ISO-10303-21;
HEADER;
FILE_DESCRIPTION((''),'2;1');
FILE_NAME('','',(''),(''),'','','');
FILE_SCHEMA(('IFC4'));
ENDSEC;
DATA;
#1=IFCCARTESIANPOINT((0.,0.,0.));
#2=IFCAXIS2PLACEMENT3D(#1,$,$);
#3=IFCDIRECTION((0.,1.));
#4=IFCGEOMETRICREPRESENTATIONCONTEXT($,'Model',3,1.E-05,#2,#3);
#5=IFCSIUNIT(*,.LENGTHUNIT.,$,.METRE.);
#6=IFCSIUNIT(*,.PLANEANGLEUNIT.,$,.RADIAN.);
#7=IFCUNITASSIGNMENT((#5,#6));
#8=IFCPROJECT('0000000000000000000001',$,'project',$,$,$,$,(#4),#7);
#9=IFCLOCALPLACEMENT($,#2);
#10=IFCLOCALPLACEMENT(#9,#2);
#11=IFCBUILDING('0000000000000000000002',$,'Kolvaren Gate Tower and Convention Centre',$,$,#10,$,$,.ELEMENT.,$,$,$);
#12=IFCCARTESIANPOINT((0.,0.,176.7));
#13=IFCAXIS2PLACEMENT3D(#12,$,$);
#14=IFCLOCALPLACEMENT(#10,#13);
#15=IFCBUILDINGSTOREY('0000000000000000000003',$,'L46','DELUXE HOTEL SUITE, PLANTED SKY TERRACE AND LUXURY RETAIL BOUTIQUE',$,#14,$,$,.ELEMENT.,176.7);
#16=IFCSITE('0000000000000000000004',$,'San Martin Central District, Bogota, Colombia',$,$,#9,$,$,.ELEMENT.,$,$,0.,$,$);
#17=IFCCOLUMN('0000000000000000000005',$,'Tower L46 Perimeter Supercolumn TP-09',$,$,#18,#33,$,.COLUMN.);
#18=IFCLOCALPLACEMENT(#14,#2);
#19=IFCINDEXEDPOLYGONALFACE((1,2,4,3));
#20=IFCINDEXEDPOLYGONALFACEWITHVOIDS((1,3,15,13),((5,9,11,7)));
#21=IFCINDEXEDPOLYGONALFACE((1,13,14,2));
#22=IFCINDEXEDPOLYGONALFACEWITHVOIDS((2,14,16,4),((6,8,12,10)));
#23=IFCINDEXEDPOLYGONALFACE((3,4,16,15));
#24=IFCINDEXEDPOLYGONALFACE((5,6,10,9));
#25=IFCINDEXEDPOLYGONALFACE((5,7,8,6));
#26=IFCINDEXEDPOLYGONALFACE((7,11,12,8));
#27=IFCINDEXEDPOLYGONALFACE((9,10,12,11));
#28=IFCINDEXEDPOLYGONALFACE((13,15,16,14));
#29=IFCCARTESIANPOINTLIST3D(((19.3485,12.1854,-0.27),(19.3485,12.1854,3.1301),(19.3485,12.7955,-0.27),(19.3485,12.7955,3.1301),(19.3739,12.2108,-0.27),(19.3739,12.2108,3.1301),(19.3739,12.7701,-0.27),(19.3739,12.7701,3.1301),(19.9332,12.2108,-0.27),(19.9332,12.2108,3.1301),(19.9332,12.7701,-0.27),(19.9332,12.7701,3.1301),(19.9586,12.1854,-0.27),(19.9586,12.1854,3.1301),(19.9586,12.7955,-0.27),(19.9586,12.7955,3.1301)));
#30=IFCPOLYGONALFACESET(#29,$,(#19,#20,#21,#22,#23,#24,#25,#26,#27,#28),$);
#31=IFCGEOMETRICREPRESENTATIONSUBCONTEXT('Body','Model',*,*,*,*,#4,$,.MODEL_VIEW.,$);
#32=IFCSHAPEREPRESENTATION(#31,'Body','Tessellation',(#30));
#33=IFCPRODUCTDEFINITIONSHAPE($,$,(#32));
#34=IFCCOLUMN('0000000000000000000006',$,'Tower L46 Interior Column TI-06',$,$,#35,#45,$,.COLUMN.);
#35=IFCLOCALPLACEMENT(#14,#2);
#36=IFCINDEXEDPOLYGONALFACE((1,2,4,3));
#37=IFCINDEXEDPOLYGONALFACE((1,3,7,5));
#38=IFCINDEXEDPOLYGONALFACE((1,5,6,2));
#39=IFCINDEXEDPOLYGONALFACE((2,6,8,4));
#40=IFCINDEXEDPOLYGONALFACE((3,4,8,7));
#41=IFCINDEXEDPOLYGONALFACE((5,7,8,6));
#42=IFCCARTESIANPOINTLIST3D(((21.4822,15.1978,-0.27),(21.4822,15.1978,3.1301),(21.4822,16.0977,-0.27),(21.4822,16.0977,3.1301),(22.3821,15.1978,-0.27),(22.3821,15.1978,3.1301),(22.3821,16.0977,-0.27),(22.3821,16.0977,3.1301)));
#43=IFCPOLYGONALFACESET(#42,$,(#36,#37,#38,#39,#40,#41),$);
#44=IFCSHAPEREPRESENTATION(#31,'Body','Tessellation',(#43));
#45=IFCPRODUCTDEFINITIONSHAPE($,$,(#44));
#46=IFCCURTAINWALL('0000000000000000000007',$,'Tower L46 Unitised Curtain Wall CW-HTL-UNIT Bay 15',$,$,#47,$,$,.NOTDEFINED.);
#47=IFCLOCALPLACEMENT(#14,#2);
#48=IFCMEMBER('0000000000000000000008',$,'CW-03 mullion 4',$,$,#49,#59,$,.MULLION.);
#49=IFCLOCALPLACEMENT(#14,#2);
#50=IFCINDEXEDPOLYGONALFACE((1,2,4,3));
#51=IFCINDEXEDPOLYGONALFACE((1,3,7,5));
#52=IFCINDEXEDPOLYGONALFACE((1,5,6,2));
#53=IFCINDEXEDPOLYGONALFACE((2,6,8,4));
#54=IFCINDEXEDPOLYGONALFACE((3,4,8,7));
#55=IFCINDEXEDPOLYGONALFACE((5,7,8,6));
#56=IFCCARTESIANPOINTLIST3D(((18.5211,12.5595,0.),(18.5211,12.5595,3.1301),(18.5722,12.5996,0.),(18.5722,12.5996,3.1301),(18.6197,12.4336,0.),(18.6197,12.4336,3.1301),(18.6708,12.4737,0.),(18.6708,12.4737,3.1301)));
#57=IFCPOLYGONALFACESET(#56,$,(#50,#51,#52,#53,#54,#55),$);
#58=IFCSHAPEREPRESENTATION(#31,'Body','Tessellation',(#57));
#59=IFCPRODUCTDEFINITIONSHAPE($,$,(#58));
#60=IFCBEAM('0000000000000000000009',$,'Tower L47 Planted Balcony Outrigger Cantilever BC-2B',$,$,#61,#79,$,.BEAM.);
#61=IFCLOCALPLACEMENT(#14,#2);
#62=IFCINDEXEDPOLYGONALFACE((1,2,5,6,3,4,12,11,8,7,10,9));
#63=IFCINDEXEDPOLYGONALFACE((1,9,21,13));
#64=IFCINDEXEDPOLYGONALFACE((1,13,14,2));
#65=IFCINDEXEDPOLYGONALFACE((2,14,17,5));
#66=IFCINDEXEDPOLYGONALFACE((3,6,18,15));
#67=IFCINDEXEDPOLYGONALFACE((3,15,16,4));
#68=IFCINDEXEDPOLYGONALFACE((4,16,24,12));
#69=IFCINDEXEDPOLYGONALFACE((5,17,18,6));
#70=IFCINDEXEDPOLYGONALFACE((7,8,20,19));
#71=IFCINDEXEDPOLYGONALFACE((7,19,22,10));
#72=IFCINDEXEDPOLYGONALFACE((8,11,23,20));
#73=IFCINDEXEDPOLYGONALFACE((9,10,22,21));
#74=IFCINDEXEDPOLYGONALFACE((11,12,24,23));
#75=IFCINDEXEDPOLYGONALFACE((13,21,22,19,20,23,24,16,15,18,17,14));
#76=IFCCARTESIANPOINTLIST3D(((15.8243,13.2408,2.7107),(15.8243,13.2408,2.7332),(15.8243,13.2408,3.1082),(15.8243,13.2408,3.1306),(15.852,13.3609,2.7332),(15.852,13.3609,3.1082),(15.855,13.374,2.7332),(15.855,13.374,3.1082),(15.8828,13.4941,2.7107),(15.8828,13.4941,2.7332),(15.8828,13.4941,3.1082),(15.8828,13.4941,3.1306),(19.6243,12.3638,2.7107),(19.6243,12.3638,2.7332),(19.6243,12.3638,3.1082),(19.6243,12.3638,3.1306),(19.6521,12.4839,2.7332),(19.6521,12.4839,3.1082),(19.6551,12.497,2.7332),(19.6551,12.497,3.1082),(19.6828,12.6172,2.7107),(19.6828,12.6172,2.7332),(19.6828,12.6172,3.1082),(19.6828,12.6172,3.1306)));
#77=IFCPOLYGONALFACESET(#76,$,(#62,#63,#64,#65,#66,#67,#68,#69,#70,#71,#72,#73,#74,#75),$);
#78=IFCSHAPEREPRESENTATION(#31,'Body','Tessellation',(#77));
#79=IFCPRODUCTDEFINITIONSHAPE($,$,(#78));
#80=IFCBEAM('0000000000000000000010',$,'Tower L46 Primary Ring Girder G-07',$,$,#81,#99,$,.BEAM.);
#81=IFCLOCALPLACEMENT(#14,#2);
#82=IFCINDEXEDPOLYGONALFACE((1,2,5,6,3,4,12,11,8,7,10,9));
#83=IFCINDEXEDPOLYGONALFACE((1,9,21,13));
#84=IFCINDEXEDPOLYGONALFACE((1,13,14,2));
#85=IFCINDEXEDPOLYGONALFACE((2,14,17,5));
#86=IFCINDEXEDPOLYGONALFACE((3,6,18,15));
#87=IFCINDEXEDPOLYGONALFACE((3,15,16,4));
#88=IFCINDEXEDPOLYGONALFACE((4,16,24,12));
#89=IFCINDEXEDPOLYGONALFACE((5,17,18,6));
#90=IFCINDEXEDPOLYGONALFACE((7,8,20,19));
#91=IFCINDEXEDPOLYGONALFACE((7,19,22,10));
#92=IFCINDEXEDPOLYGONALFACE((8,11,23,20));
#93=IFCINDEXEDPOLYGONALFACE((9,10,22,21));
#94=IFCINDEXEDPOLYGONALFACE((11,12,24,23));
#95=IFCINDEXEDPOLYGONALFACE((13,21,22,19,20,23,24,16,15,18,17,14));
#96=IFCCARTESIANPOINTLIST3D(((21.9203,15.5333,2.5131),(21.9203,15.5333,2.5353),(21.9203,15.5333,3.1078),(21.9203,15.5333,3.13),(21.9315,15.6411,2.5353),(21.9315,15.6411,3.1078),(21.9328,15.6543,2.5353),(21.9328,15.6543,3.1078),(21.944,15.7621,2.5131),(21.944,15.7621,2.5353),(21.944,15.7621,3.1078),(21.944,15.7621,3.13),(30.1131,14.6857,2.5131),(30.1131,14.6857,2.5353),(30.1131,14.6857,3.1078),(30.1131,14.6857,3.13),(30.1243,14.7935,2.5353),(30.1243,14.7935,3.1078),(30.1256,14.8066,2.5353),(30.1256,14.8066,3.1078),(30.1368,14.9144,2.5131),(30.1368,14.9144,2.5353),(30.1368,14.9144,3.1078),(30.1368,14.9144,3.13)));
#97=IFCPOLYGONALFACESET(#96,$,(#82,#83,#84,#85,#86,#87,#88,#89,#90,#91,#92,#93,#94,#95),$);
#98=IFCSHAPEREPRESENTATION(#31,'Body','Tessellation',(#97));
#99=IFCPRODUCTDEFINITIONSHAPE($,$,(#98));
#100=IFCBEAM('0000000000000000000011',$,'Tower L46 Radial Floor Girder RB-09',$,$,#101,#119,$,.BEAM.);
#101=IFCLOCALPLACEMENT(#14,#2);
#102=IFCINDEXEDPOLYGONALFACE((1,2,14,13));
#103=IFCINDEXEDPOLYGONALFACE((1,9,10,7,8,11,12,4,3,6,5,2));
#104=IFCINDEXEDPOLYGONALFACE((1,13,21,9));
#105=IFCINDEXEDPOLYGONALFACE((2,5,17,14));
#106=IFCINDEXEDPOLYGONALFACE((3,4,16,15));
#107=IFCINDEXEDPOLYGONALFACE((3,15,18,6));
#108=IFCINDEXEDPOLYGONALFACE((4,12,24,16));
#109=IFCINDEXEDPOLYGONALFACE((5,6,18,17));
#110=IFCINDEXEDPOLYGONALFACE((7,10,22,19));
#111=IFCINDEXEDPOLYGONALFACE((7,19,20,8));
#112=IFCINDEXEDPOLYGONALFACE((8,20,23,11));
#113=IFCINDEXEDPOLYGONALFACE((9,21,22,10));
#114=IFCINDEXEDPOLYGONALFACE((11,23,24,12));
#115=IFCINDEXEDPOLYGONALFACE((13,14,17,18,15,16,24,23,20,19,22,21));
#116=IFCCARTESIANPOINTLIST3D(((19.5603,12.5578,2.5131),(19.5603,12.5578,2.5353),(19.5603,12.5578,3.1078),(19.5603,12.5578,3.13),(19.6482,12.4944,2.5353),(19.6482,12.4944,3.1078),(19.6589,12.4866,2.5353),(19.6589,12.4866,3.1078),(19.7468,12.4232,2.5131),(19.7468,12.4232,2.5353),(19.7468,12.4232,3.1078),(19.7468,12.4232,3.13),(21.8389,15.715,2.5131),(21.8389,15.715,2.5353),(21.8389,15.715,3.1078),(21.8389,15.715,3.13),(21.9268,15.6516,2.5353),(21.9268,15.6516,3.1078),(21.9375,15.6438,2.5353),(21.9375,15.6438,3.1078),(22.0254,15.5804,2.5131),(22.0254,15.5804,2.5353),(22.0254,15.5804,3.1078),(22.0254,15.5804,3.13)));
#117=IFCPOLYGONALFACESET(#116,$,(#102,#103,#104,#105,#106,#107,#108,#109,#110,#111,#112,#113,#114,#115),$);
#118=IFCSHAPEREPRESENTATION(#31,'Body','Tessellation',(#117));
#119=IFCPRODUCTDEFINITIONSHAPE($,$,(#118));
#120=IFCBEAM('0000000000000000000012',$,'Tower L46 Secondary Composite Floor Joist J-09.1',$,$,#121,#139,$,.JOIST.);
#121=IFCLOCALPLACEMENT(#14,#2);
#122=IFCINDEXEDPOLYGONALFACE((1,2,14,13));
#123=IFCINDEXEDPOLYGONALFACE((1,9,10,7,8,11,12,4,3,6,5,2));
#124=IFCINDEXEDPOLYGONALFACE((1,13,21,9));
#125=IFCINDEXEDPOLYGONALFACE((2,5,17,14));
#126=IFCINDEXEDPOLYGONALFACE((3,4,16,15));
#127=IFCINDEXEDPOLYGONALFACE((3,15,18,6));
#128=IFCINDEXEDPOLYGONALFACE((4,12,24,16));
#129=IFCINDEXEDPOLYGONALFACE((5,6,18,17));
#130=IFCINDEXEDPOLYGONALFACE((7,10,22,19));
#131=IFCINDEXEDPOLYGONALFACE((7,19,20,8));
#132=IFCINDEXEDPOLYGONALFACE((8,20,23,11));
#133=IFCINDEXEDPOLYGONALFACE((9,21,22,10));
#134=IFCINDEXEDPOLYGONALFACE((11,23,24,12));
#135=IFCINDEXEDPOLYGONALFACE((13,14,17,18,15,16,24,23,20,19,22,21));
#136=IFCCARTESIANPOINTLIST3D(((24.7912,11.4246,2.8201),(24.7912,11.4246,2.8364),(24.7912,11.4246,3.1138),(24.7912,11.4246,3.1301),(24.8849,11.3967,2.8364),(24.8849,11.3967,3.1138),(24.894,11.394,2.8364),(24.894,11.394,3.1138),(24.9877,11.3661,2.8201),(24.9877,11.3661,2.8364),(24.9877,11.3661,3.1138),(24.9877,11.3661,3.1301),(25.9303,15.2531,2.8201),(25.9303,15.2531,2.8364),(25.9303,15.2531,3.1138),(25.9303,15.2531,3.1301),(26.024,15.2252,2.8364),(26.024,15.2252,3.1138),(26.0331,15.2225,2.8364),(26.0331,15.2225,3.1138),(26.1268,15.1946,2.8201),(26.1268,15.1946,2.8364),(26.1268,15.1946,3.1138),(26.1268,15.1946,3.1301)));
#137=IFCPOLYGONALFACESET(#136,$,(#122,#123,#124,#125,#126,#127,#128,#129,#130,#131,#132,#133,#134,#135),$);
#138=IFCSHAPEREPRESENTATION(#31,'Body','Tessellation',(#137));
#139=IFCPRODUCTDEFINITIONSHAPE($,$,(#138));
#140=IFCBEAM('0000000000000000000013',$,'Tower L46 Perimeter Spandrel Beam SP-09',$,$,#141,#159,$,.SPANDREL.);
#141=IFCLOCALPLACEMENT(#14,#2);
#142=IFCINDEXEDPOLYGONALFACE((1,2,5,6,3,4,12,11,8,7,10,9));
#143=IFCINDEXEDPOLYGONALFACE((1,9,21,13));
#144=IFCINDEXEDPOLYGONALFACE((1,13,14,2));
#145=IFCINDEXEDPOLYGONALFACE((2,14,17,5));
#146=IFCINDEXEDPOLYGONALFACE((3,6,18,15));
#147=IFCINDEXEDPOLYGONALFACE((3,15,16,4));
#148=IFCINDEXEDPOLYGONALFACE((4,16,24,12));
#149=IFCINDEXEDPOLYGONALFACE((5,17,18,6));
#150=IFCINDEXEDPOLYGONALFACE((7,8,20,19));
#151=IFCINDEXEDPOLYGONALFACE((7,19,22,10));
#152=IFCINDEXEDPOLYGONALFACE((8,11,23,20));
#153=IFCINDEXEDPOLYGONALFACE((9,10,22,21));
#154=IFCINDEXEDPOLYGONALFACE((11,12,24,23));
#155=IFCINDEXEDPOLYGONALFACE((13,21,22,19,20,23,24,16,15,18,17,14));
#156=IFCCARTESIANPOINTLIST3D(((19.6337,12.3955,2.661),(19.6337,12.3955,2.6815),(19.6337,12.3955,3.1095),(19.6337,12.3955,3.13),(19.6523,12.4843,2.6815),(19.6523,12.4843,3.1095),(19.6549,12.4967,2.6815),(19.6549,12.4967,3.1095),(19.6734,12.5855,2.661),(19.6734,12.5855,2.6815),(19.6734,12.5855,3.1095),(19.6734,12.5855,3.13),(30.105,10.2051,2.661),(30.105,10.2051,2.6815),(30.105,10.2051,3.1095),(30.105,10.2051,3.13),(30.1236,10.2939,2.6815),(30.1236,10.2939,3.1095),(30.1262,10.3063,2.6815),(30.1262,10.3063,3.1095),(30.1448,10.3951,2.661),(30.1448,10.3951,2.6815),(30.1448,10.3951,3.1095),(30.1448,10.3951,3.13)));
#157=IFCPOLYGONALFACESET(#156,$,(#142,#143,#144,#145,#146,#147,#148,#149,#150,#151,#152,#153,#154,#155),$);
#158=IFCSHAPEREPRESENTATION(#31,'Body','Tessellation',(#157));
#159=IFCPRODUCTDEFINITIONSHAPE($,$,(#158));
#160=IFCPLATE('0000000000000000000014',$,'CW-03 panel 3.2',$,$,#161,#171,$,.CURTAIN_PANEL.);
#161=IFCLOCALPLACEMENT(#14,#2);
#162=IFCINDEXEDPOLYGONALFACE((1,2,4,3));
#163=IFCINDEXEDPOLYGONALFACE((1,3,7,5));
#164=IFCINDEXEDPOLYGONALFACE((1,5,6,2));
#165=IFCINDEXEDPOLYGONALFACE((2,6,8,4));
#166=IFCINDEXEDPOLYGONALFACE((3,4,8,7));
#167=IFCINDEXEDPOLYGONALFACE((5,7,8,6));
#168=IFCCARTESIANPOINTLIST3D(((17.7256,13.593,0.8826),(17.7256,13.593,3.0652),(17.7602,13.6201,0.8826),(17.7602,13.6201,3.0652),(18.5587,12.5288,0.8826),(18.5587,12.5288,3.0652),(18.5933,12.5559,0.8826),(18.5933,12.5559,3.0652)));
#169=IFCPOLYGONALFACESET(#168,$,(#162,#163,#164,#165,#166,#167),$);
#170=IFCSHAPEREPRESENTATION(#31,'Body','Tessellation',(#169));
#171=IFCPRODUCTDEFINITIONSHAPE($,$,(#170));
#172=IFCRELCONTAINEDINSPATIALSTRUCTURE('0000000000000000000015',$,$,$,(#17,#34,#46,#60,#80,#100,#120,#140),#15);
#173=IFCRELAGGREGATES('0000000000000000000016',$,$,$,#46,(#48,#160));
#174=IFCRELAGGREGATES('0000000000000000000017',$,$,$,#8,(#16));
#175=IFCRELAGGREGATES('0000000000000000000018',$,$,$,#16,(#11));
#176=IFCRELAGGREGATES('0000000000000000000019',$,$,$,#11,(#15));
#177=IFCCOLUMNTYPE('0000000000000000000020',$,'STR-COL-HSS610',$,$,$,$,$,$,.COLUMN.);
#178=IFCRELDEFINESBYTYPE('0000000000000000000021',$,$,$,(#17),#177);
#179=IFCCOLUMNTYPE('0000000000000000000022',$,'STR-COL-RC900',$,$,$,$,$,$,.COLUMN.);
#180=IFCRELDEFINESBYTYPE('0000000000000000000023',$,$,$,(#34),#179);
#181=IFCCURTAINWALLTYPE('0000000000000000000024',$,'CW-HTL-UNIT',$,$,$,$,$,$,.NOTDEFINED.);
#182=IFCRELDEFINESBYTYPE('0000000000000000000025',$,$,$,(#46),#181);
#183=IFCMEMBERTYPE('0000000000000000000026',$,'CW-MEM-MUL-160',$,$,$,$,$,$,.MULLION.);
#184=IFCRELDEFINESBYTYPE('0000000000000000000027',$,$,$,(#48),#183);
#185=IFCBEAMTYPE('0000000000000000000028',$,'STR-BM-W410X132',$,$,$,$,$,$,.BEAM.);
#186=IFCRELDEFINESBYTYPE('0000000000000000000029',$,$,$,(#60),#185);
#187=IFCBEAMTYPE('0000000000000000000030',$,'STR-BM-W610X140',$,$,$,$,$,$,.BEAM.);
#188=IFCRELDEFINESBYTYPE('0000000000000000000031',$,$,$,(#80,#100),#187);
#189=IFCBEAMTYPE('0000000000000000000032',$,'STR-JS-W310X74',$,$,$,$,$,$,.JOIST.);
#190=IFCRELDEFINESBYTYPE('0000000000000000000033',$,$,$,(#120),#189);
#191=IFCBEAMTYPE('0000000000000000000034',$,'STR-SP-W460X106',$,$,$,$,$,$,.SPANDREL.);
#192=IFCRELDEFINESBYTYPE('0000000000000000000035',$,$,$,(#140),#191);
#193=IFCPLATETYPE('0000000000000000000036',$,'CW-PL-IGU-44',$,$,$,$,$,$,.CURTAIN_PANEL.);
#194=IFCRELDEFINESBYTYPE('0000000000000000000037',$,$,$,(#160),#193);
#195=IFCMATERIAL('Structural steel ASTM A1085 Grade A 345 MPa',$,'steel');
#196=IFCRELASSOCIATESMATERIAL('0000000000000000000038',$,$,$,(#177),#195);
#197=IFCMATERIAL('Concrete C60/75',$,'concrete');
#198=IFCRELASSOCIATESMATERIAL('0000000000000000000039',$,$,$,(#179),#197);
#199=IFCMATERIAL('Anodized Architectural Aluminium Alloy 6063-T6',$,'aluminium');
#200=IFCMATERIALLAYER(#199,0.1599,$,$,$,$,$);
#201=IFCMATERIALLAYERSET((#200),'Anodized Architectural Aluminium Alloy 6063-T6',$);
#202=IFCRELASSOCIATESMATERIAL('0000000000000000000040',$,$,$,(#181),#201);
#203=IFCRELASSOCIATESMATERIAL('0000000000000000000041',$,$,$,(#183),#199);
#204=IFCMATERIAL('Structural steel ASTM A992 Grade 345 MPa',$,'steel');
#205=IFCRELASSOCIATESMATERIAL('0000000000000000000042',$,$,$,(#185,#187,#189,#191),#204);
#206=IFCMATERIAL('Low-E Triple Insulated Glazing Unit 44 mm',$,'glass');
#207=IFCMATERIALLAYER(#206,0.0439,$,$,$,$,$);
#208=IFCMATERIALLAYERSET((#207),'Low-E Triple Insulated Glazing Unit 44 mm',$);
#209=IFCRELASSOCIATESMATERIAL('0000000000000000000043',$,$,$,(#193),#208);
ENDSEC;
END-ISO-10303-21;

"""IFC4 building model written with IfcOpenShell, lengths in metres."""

from ifc_helpers import new_model, si_unit, direction, frame, origin, origin_2d, place, context, subcontext, project, spatial, rectangle, hollow_rectangle, i_section, extrude, material, layer, layer_set, material_profile, profile_set, type_object, element, aggregate, save


model = new_model("IFC4")

# Units and contexts
model_context = context("Model", 3, precision=1e-05, world=origin(), true_north=direction((0.0, 1.0)))
body_context = subcontext(model_context, "Body", "Model", "MODEL_VIEW")
ifc_project = project(units=[si_unit("LENGTHUNIT", "METRE"), si_unit("PLANEANGLEUNIT", "RADIAN")], contexts=[model_context])

# Site, building, storey
site_placement = place(None, origin())
site = spatial("IfcSite", under=ifc_project, at=site_placement, Name="San Martin Central District, Bogota, Colombia", CompositionType="ELEMENT", RefElevation=0.0)
building_placement = place(site_placement, origin())
building = spatial("IfcBuilding", under=site, at=building_placement, Name="Kolvaren Gate Tower and Convention Centre", CompositionType="ELEMENT")
storey_placement = place(building_placement, frame((0.0, 0.0, 176.7)))
storey = spatial("IfcBuildingStorey", under=building, at=storey_placement, Name="L46", Description="DELUXE HOTEL SUITE, PLANTED SKY TERRACE AND LUXURY RETAIL BOUTIQUE", CompositionType="ELEMENT", Elevation=176.7)

# Columns
ifc_material_1 = material(Name="Structural steel ASTM A1085 Grade A 345 MPa", Category="steel")
ifc_material_profile_1 = material_profile(ifc_material_1, hollow_rectangle(XDim=0.6101, YDim=0.6101, WallThickness=0.0254, at=origin_2d()), Name="HSS610X610X25.4")
ifc_profile_set_1 = profile_set([ifc_material_profile_1], Name="Structural steel ASTM A1085 Grade A 345 MPa")
column_type_1 = type_object("IfcColumnType", Name="STR-COL-HSS610", PredefinedType="COLUMN", material=ifc_profile_set_1)
column_1_placement = place(storey_placement, frame((19.6536, 12.4905, -0.27), z_axis=(0.0, 0.0, 1.0), x_axis=(1.0, 0.0, 0.0)))
element("IfcColumn", 1, at=column_1_placement, inside=storey, type_object=column_type_1, Name="Tower L46 Perimeter Supercolumn TP-09", PredefinedType="COLUMN", context=body_context, shape_type="SweptSolid", body=[
    extrude(hollow_rectangle(XDim=0.6101, YDim=0.6101, WallThickness=0.0254, at=origin_2d()), origin(), (0.0, 0.0, 1.0), 3.4001),
])
ifc_material_2 = material(Name="Concrete C60/75", Category="concrete")
ifc_material_profile_2 = material_profile(ifc_material_2, rectangle(XDim=0.8999, YDim=0.8999, at=origin_2d()), Name="RC-COL-900X900")
ifc_profile_set_2 = profile_set([ifc_material_profile_2], Name="Concrete C60/75")
column_type_2 = type_object("IfcColumnType", Name="STR-COL-RC900", PredefinedType="COLUMN", material=ifc_profile_set_2)
column_2_placement = place(storey_placement, frame((21.9321, 15.6477, -0.27), z_axis=(0.0, 0.0, 1.0), x_axis=(1.0, 0.0, 0.0)))
element("IfcColumn", 2, at=column_2_placement, inside=storey, type_object=column_type_2, Name="Tower L46 Interior Column TI-06", PredefinedType="COLUMN", context=body_context, shape_type="SweptSolid", body=[
    extrude(rectangle(XDim=0.8999, YDim=0.8999, at=origin_2d()), origin(), (0.0, 0.0, 1.0), 3.4001),
])

# Curtain wall, member
ifc_material_3 = material(Name="Anodized Architectural Aluminium Alloy 6063-T6", Category="aluminium")
ifc_layer_1 = layer(ifc_material_3, 0.1599)
ifc_layer_set_1 = layer_set([ifc_layer_1], Name="Anodized Architectural Aluminium Alloy 6063-T6")
curtain_wall_type = type_object("IfcCurtainWallType", Name="CW-HTL-UNIT", PredefinedType="NOTDEFINED", material=ifc_layer_set_1)
curtain_wall_placement = place(storey_placement, origin())
curtain_wall = element("IfcCurtainWall", 3, at=curtain_wall_placement, inside=storey, type_object=curtain_wall_type, Name="Tower L46 Unitised Curtain Wall CW-HTL-UNIT Bay 15", PredefinedType="NOTDEFINED")
ifc_material_profile_3 = material_profile(ifc_material_3, rectangle(XDim=0.0649, YDim=0.1599, at=origin_2d()), Name="CW-MEM-MUL-160")
ifc_profile_set_3 = profile_set([ifc_material_profile_3], Name="Anodized Architectural Aluminium Alloy 6063-T6")
member_type = type_object("IfcMemberType", Name="CW-MEM-MUL-160", PredefinedType="MULLION", material=ifc_profile_set_3)
member_placement = place(storey_placement, frame((18.5959, 12.5166, 0.0), z_axis=(0.0, 0.0, 1.0), x_axis=(0.787415, 0.616424, 0.0)))
member = element("IfcMember", 4, at=member_placement, type_object=member_type, Name="CW-03 mullion 4", PredefinedType="MULLION", context=body_context, shape_type="SweptSolid", body=[
    extrude(rectangle(XDim=0.0649, YDim=0.1599, at=origin_2d()), origin(), (0.0, 0.0, 1.0), 3.1301),
])

# Beams
ifc_material_4 = material(Name="Structural steel ASTM A992 Grade 345 MPa", Category="steel")
ifc_material_profile_4 = material_profile(ifc_material_4, i_section(OverallWidth=0.26, OverallDepth=0.4199, WebThickness=0.0134, FlangeThickness=0.0225, at=origin_2d()), Name="W410X132")
ifc_profile_set_4 = profile_set([ifc_material_profile_4], Name="Structural steel ASTM A992 Grade 345 MPa")
beam_type_1 = type_object("IfcBeamType", Name="STR-BM-W410X132", PredefinedType="BEAM", material=ifc_profile_set_4)
beam_1_placement = place(storey_placement, frame((19.6536, 12.4905, 2.9207), z_axis=(-0.97439, 0.224864, 0.0), x_axis=(-0.224864, -0.97439, 0.0)))
element("IfcBeam", 5, at=beam_1_placement, inside=storey, type_object=beam_type_1, Name="Tower L47 Planted Balcony Outrigger Cantilever BC-2B", PredefinedType="BEAM", context=body_context, shape_type="SweptSolid", body=[
    extrude(i_section(OverallWidth=0.26, OverallDepth=0.4199, WebThickness=0.0134, FlangeThickness=0.0225, at=origin_2d()), origin(), (0.0, 0.0, 1.0), 3.8999),
])
ifc_material_profile_5 = material_profile(ifc_material_4, i_section(OverallWidth=0.23, OverallDepth=0.6169, WebThickness=0.0132, FlangeThickness=0.0222, at=origin_2d()), Name="W610X140")
ifc_profile_set_5 = profile_set([ifc_material_profile_5], Name="Structural steel ASTM A992 Grade 345 MPa")
beam_type_2 = type_object("IfcBeamType", Name="STR-BM-W610X140", PredefinedType="BEAM", material=ifc_profile_set_5)
beam_2_placement = place(storey_placement, frame((21.9321, 15.6477, 2.8215), z_axis=(0.99469, -0.102913, 0.0), x_axis=(0.102913, 0.99469, 0.0)))
element("IfcBeam", 6, at=beam_2_placement, inside=storey, type_object=beam_type_2, Name="Tower L46 Primary Ring Girder G-07", PredefinedType="BEAM", context=body_context, shape_type="SweptSolid", body=[
    extrude(i_section(OverallWidth=0.23, OverallDepth=0.6169, WebThickness=0.0132, FlangeThickness=0.0222, at=origin_2d()), origin(), (0.0, 0.0, 1.0), 8.2366),
])
beam_3_placement = place(storey_placement, frame((21.9321, 15.6477, 2.8215), z_axis=(-0.585211, -0.810881, 0.0), x_axis=(0.810881, -0.585211, 0.0)))
element("IfcBeam", 7, at=beam_3_placement, inside=storey, type_object=beam_type_2, Name="Tower L46 Radial Floor Girder RB-09", PredefinedType="BEAM", context=body_context, shape_type="SweptSolid", body=[
    extrude(i_section(OverallWidth=0.23, OverallDepth=0.6169, WebThickness=0.0132, FlangeThickness=0.0222, at=origin_2d()), origin(), (0.0, 0.0, 1.0), 3.8936),
])
ifc_material_profile_6 = material_profile(ifc_material_4, i_section(OverallWidth=0.2051, OverallDepth=0.3101, WebThickness=0.0095, FlangeThickness=0.0164, at=origin_2d()), Name="W310X74")
ifc_profile_set_6 = profile_set([ifc_material_profile_6], Name="Structural steel ASTM A992 Grade 345 MPa")
beam_type_3 = type_object("IfcBeamType", Name="STR-JS-W310X74", PredefinedType="JOIST", material=ifc_profile_set_6)
beam_4_placement = place(storey_placement, frame((26.0286, 15.2239, 2.9751), z_axis=(-0.285183, -0.958473, 0.0), x_axis=(0.958473, -0.285183, 0.0)))
element("IfcBeam", 8, at=beam_4_placement, inside=storey, type_object=beam_type_3, Name="Tower L46 Secondary Composite Floor Joist J-09.1", PredefinedType="JOIST", context=body_context, shape_type="SweptSolid", body=[
    extrude(i_section(OverallWidth=0.2051, OverallDepth=0.3101, WebThickness=0.0095, FlangeThickness=0.0164, at=origin_2d()), origin(), (0.0, 0.0, 1.0), 3.9944),
])
ifc_material_profile_7 = material_profile(ifc_material_4, i_section(OverallWidth=0.1941, OverallDepth=0.469, WebThickness=0.0127, FlangeThickness=0.0205, at=origin_2d()), Name="W460X106")
ifc_profile_set_7 = profile_set([ifc_material_profile_7], Name="Structural steel ASTM A992 Grade 345 MPa")
beam_type_4 = type_object("IfcBeamType", Name="STR-SP-W460X106", PredefinedType="SPANDREL", material=ifc_profile_set_7)
beam_5_placement = place(storey_placement, frame((19.6536, 12.4905, 2.8955), z_axis=(0.978814, -0.20475, 0.0), x_axis=(0.20475, 0.978814, 0.0)))
element("IfcBeam", 9, at=beam_5_placement, inside=storey, type_object=beam_type_4, Name="Tower L46 Perimeter Spandrel Beam SP-09", PredefinedType="SPANDREL", context=body_context, shape_type="SweptSolid", body=[
    extrude(i_section(OverallWidth=0.1941, OverallDepth=0.469, WebThickness=0.0127, FlangeThickness=0.0205, at=origin_2d()), origin(), (0.0, 0.0, 1.0), 10.698),
])

# Plate
ifc_material_5 = material(Name="Low-E Triple Insulated Glazing Unit 44 mm", Category="glass")
ifc_layer_2 = layer(ifc_material_5, 0.0439)
ifc_layer_set_2 = layer_set([ifc_layer_2], Name="Low-E Triple Insulated Glazing Unit 44 mm")
plate_type = type_object("IfcPlateType", Name="CW-PL-IGU-44", PredefinedType="CURTAIN_PANEL", material=ifc_layer_set_2)
plate_placement = place(storey_placement, frame((18.1594, 13.0745, 0.8826), z_axis=(0.0, 0.0, 1.0), x_axis=(0.616424, -0.787415, 0.0)))
plate = element("IfcPlate", 10, at=plate_placement, type_object=plate_type, Name="CW-03 panel 3.2", PredefinedType="CURTAIN_PANEL", context=body_context, shape_type="SweptSolid", body=[
    extrude(rectangle(XDim=1.3516, YDim=0.0439, at=origin_2d()), origin(), (0.0, 0.0, 1.0), 2.1826),
])
aggregate(curtain_wall, [member, plate])

save(model, "model.ifc")
